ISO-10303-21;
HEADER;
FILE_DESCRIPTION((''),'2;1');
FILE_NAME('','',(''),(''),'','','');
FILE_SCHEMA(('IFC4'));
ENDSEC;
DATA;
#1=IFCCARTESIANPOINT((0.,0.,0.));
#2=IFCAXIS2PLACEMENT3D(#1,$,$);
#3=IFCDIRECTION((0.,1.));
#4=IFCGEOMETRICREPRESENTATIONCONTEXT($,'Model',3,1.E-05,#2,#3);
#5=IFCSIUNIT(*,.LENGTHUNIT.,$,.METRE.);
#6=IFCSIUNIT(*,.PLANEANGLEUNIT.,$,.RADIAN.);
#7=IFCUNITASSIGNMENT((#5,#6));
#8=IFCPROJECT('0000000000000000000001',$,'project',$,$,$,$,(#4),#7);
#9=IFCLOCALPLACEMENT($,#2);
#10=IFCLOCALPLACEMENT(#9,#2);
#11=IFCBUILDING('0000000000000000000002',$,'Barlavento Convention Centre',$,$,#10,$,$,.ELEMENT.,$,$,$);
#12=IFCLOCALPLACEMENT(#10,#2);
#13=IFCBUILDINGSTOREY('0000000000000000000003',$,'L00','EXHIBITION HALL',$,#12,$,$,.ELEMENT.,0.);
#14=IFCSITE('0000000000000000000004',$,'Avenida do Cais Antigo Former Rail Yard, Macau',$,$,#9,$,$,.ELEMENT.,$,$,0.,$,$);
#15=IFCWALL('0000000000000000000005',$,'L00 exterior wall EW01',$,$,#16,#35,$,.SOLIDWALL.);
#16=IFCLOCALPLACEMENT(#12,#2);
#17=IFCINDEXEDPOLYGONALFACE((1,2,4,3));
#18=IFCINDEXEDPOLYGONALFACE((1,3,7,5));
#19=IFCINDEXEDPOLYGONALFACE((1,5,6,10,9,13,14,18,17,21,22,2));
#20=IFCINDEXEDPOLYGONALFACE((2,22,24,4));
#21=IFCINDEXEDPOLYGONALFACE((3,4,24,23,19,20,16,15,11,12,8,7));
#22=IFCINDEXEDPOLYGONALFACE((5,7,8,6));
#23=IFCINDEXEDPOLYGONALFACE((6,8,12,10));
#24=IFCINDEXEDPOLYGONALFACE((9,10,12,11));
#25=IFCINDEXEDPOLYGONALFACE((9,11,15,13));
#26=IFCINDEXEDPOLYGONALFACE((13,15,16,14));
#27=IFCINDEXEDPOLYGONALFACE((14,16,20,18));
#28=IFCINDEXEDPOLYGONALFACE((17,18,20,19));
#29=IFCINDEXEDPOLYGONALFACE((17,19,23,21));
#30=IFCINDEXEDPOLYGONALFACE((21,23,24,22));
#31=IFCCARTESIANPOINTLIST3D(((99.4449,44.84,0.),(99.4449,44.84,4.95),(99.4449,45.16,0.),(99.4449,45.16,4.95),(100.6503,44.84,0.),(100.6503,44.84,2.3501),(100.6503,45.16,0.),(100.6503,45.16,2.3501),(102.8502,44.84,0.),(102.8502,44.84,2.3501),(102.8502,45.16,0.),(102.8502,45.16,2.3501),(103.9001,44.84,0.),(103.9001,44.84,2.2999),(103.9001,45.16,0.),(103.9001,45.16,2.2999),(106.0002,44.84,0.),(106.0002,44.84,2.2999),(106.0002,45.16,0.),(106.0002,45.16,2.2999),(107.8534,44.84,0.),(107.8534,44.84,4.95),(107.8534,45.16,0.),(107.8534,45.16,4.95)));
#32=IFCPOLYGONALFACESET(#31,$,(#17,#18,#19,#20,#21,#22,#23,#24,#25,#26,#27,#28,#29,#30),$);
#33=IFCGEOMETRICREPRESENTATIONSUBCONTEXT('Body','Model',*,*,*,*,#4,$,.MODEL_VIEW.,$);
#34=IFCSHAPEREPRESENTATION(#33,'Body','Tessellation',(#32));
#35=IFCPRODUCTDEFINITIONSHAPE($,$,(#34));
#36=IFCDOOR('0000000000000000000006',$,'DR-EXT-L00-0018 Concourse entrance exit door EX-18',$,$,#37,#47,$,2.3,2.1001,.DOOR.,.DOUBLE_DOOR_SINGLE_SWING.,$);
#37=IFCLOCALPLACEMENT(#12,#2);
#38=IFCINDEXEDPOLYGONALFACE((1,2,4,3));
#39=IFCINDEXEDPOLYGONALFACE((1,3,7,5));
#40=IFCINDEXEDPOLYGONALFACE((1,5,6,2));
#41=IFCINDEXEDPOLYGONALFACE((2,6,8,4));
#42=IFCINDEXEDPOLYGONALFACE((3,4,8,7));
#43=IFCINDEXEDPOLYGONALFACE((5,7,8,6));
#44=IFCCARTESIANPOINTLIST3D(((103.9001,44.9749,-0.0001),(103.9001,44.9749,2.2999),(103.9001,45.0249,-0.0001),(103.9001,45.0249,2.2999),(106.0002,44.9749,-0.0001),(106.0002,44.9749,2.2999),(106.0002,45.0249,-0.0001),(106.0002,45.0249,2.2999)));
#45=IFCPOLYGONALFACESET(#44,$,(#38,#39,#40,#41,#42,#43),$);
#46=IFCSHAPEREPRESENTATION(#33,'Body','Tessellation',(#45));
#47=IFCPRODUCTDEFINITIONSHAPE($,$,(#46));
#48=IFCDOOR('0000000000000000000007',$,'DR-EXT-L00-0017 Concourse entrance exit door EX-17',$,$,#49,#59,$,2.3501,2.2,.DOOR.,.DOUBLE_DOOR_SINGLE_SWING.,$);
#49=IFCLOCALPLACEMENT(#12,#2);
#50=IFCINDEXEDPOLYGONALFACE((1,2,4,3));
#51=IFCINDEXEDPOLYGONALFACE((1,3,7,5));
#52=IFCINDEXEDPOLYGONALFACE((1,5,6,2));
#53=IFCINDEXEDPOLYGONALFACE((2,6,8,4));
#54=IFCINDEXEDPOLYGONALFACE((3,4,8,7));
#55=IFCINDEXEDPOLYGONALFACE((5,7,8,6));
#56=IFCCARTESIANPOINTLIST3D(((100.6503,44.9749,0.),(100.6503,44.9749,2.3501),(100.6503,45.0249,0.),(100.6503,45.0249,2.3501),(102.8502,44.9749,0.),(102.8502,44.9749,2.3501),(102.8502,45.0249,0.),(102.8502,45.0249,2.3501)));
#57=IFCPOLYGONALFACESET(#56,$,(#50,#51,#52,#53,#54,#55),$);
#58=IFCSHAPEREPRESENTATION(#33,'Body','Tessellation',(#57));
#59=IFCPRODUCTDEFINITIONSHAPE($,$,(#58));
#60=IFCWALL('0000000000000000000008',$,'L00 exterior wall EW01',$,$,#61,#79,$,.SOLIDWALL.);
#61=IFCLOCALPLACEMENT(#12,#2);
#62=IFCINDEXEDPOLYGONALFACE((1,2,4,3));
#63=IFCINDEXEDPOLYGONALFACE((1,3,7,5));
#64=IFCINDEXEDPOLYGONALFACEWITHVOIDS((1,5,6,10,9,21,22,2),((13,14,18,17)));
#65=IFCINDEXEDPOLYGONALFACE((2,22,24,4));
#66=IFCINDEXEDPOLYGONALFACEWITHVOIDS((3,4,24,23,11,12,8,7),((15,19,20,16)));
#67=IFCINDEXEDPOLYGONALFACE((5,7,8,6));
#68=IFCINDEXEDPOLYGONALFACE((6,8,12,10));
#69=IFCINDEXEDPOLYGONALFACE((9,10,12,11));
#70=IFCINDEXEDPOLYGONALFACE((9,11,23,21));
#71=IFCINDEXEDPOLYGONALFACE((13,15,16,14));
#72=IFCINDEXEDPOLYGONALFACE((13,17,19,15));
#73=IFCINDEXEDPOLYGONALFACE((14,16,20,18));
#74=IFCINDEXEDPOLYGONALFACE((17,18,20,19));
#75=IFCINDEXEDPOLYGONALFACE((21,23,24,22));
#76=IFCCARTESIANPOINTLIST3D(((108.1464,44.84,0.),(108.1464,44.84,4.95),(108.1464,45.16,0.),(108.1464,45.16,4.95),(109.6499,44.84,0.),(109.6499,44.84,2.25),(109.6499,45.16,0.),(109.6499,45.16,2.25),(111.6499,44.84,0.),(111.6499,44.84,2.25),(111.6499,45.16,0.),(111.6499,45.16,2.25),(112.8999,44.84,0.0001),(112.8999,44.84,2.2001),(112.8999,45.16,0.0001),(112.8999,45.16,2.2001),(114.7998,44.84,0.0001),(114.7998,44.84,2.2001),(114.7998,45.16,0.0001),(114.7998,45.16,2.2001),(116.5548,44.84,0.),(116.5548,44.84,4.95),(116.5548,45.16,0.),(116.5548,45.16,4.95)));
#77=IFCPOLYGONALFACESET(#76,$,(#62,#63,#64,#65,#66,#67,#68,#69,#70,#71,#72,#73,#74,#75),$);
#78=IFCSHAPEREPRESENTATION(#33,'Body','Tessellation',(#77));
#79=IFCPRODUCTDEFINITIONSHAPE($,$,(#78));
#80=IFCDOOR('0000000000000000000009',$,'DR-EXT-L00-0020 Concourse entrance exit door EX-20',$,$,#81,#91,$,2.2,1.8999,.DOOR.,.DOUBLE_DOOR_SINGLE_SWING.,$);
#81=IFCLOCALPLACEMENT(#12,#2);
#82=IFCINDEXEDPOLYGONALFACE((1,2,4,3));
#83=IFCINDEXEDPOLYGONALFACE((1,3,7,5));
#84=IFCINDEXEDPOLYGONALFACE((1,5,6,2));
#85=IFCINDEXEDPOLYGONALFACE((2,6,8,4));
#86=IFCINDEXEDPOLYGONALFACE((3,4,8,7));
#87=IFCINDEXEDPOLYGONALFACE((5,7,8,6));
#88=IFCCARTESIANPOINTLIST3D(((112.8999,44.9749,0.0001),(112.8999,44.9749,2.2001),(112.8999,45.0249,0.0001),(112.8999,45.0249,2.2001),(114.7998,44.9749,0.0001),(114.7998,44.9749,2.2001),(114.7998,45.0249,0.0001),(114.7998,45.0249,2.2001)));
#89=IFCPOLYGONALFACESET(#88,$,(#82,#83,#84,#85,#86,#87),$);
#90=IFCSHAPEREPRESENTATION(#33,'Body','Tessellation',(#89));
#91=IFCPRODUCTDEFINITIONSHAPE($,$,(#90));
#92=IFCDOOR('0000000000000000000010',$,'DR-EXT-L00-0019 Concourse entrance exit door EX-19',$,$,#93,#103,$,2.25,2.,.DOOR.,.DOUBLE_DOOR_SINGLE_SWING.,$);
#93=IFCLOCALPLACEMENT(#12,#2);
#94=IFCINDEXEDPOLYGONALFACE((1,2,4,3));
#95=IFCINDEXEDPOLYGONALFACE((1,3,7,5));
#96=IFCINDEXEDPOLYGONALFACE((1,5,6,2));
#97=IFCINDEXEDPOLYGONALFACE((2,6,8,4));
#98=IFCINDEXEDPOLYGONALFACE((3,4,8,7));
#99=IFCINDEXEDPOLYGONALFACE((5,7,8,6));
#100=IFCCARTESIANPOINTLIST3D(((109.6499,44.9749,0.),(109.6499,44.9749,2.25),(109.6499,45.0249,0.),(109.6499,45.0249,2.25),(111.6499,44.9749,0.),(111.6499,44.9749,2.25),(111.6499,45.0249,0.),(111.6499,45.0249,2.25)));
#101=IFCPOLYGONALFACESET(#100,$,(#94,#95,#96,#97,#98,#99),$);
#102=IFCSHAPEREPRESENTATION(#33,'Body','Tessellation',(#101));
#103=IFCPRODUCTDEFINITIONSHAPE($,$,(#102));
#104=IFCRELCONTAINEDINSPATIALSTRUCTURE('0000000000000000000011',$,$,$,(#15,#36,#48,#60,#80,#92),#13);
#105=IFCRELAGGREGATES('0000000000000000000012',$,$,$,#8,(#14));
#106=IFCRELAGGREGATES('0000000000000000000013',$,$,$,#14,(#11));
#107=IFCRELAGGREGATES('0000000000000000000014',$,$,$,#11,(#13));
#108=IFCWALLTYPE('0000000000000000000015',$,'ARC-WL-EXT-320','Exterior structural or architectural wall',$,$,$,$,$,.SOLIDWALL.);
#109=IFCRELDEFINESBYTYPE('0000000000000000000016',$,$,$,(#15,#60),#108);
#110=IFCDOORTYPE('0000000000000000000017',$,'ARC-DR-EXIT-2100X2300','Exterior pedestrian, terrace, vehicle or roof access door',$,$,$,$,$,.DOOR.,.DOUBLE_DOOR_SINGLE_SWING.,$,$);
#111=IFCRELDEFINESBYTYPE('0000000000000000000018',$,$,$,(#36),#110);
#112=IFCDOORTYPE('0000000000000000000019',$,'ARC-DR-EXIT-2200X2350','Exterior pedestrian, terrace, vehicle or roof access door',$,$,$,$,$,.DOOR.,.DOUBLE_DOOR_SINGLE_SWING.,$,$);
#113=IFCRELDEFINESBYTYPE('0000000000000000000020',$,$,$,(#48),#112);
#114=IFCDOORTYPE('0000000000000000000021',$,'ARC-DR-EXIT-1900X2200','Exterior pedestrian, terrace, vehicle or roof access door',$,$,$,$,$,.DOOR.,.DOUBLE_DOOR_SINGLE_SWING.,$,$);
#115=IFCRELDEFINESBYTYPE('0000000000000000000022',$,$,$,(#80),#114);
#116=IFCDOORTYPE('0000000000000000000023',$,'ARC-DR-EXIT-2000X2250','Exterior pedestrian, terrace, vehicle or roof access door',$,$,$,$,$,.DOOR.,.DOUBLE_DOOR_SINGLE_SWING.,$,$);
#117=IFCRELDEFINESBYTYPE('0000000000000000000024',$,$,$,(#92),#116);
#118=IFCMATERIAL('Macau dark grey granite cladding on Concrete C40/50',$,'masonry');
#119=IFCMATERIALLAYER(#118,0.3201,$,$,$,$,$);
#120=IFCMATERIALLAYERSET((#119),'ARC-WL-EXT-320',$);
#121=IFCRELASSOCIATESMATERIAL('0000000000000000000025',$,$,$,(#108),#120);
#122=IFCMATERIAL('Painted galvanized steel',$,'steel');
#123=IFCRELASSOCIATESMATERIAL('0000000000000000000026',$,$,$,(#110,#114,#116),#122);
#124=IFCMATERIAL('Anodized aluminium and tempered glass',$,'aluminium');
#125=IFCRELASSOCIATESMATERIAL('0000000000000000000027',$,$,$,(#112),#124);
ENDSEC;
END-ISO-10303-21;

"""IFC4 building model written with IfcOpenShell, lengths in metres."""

from ifc_helpers import new_model, si_unit, direction, frame, frame_2d, origin, place, context, subcontext, project, spatial, rectangle, extrude, material, layer, layer_set, type_object, element, fill, save


model = new_model("IFC4")

# Units and contexts
model_context = context("Model", 3, precision=1e-05, world=origin(), true_north=direction((0.0, 1.0)))
body_context = subcontext(model_context, "Body", "Model", "MODEL_VIEW")
ifc_project = project(units=[si_unit("LENGTHUNIT", "METRE"), si_unit("PLANEANGLEUNIT", "RADIAN")], contexts=[model_context])

# Site, building, storey
site_placement = place(None, origin())
site = spatial("IfcSite", under=ifc_project, at=site_placement, Name="Avenida do Cais Antigo Former Rail Yard, Macau", CompositionType="ELEMENT", RefElevation=0.0)
building_placement = place(site_placement, origin())
building = spatial("IfcBuilding", under=site, at=building_placement, Name="Barlavento Convention Centre", CompositionType="ELEMENT")
storey_placement = place(building_placement, origin())
storey = spatial("IfcBuildingStorey", under=building, at=storey_placement, Name="L00", Description="EXHIBITION HALL", CompositionType="ELEMENT", Elevation=0.0)

# Walls, openings, doors
ifc_material_1 = material(Name="Macau dark grey granite cladding on Concrete C40/50", Category="masonry")
ifc_layer = layer(ifc_material_1, 0.3201)
ifc_layer_set = layer_set([ifc_layer], Name="ARC-WL-EXT-320")
wall_type = type_object("IfcWallType", Name="ARC-WL-EXT-320", Description="Exterior structural or architectural wall", PredefinedType="SOLIDWALL", material=ifc_layer_set)
ifc_material_2 = material(Name="Anodized aluminium and tempered glass", Category="aluminium")
wall_1_placement = place(storey_placement, frame((99.4451, 45.0, 0.0), z_axis=(0.0, 0.0, 1.0), x_axis=(1.0, 0.0, 0.0)))
wall_1 = element("IfcWall", 1, at=wall_1_placement, inside=storey, type_object=wall_type, Name="L00 exterior wall EW01", PredefinedType="SOLIDWALL", context=body_context, shape_type="SweptSolid", body=[
    extrude(rectangle(XDim=8.4084, YDim=0.3201, at=frame_2d((4.2041, 0.0))), origin(), (0.0, 0.0, 1.0), 4.95),
])
opening_1_placement = place(wall_1_placement, frame((1.2051, 0.0, 0.0)))
opening_1 = element("IfcOpeningElement", 2, at=opening_1_placement, cuts=wall_1, PredefinedType="OPENING", context=body_context, shape_type="SweptSolid", body=[
    extrude(rectangle(XDim=2.2, YDim=2.3501, at=frame_2d((1.1001, 1.175))), frame((0.0, 0.1699, 0.0), z_axis=(0.0, -1.0, 0.0), x_axis=(1.0, 0.0, 0.0)), (0.0, 0.0, 1.0), 0.3401),
])
opening_2_placement = place(wall_1_placement, frame((4.4551, 0.0, 0.0)))
opening_2 = element("IfcOpeningElement", 3, at=opening_2_placement, cuts=wall_1, PredefinedType="OPENING", context=body_context, shape_type="SweptSolid", body=[
    extrude(rectangle(XDim=2.1001, YDim=2.3, at=frame_2d((1.05, 1.1499))), frame((0.0, 0.1699, 0.0), z_axis=(0.0, -1.0, 0.0), x_axis=(1.0, 0.0, 0.0)), (0.0, 0.0, 1.0), 0.3401),
])
ifc_material_3 = material(Name="Painted galvanized steel", Category="steel")
door_type_1 = type_object("IfcDoorType", Name="ARC-DR-EXIT-2100X2300", Description="Exterior pedestrian, terrace, vehicle or roof access door", OperationType="DOUBLE_DOOR_SINGLE_SWING", PredefinedType="DOOR", material=ifc_material_3)
door_1_placement = place(opening_2_placement, origin())
door_1 = element("IfcDoor", 4, at=door_1_placement, inside=storey, type_object=door_type_1, Name="DR-EXT-L00-0018 Concourse entrance exit door EX-18", OperationType="DOUBLE_DOOR_SINGLE_SWING", OverallHeight=2.3, OverallWidth=2.1001, PredefinedType="DOOR", context=body_context, shape_type="SweptSolid", body=[
    extrude(rectangle(XDim=2.1001, YDim=2.3, at=frame_2d((1.05, 1.1499))), frame((0.0, 0.0249, 0.0), z_axis=(0.0, -1.0, 0.0), x_axis=(1.0, 0.0, 0.0)), (0.0, 0.0, 1.0), 0.05),
])
fill(opening_2, door_1)
door_type_2 = type_object("IfcDoorType", Name="ARC-DR-EXIT-2200X2350", Description="Exterior pedestrian, terrace, vehicle or roof access door", OperationType="DOUBLE_DOOR_SINGLE_SWING", PredefinedType="DOOR", material=ifc_material_2)
door_2_placement = place(opening_1_placement, origin())
door_2 = element("IfcDoor", 5, at=door_2_placement, inside=storey, type_object=door_type_2, Name="DR-EXT-L00-0017 Concourse entrance exit door EX-17", OperationType="DOUBLE_DOOR_SINGLE_SWING", OverallHeight=2.3501, OverallWidth=2.2, PredefinedType="DOOR", context=body_context, shape_type="SweptSolid", body=[
    extrude(rectangle(XDim=2.2, YDim=2.3501, at=frame_2d((1.1001, 1.175))), frame((0.0, 0.0249, 0.0), z_axis=(0.0, -1.0, 0.0), x_axis=(1.0, 0.0, 0.0)), (0.0, 0.0, 1.0), 0.05),
])
fill(opening_1, door_2)
wall_2_placement = place(storey_placement, frame((108.1465, 45.0, 0.0), z_axis=(0.0, 0.0, 1.0), x_axis=(1.0, 0.0, 0.0)))
wall_2 = element("IfcWall", 6, at=wall_2_placement, inside=storey, type_object=wall_type, Name="L00 exterior wall EW01", PredefinedType="SOLIDWALL", context=body_context, shape_type="SweptSolid", body=[
    extrude(rectangle(XDim=8.4084, YDim=0.3201, at=frame_2d((4.2041, 0.0))), origin(), (0.0, 0.0, 1.0), 4.95),
])
opening_3_placement = place(wall_2_placement, frame((1.5034, 0.0, 0.0)))
opening_3 = element("IfcOpeningElement", 7, at=opening_3_placement, cuts=wall_2, PredefinedType="OPENING", context=body_context, shape_type="SweptSolid", body=[
    extrude(rectangle(XDim=2.0, YDim=2.25, at=frame_2d((1.0, 1.125))), frame((0.0, 0.1699, 0.0), z_axis=(0.0, -1.0, 0.0), x_axis=(1.0, 0.0, 0.0)), (0.0, 0.0, 1.0), 0.3401),
])
opening_4_placement = place(wall_2_placement, frame((4.7534, 0.0, 0.0)))
opening_4 = element("IfcOpeningElement", 8, at=opening_4_placement, cuts=wall_2, PredefinedType="OPENING", context=body_context, shape_type="SweptSolid", body=[
    extrude(rectangle(XDim=1.8999, YDim=2.2, at=frame_2d((0.95, 1.1001))), frame((0.0, 0.1699, 0.0), z_axis=(0.0, -1.0, 0.0), x_axis=(1.0, 0.0, 0.0)), (0.0, 0.0, 1.0), 0.3401),
])
door_type_3 = type_object("IfcDoorType", Name="ARC-DR-EXIT-1900X2200", Description="Exterior pedestrian, terrace, vehicle or roof access door", OperationType="DOUBLE_DOOR_SINGLE_SWING", PredefinedType="DOOR", material=ifc_material_3)
door_3_placement = place(opening_4_placement, origin())
door_3 = element("IfcDoor", 9, at=door_3_placement, inside=storey, type_object=door_type_3, Name="DR-EXT-L00-0020 Concourse entrance exit door EX-20", OperationType="DOUBLE_DOOR_SINGLE_SWING", OverallHeight=2.2, OverallWidth=1.8999, PredefinedType="DOOR", context=body_context, shape_type="SweptSolid", body=[
    extrude(rectangle(XDim=1.8999, YDim=2.2, at=frame_2d((0.95, 1.1001))), frame((0.0, 0.0249, 0.0), z_axis=(0.0, -1.0, 0.0), x_axis=(1.0, 0.0, 0.0)), (0.0, 0.0, 1.0), 0.05),
])
fill(opening_4, door_3)
door_type_4 = type_object("IfcDoorType", Name="ARC-DR-EXIT-2000X2250", Description="Exterior pedestrian, terrace, vehicle or roof access door", OperationType="DOUBLE_DOOR_SINGLE_SWING", PredefinedType="DOOR", material=ifc_material_3)
door_4_placement = place(opening_3_placement, origin())
door_4 = element("IfcDoor", 10, at=door_4_placement, inside=storey, type_object=door_type_4, Name="DR-EXT-L00-0019 Concourse entrance exit door EX-19", OperationType="DOUBLE_DOOR_SINGLE_SWING", OverallHeight=2.25, OverallWidth=2.0, PredefinedType="DOOR", context=body_context, shape_type="SweptSolid", body=[
    extrude(rectangle(XDim=2.0, YDim=2.25, at=frame_2d((1.0, 1.125))), frame((0.0, 0.0249, 0.0), z_axis=(0.0, -1.0, 0.0), x_axis=(1.0, 0.0, 0.0)), (0.0, 0.0, 1.0), 0.05),
])
fill(opening_3, door_4)

save(model, "model.ifc")
